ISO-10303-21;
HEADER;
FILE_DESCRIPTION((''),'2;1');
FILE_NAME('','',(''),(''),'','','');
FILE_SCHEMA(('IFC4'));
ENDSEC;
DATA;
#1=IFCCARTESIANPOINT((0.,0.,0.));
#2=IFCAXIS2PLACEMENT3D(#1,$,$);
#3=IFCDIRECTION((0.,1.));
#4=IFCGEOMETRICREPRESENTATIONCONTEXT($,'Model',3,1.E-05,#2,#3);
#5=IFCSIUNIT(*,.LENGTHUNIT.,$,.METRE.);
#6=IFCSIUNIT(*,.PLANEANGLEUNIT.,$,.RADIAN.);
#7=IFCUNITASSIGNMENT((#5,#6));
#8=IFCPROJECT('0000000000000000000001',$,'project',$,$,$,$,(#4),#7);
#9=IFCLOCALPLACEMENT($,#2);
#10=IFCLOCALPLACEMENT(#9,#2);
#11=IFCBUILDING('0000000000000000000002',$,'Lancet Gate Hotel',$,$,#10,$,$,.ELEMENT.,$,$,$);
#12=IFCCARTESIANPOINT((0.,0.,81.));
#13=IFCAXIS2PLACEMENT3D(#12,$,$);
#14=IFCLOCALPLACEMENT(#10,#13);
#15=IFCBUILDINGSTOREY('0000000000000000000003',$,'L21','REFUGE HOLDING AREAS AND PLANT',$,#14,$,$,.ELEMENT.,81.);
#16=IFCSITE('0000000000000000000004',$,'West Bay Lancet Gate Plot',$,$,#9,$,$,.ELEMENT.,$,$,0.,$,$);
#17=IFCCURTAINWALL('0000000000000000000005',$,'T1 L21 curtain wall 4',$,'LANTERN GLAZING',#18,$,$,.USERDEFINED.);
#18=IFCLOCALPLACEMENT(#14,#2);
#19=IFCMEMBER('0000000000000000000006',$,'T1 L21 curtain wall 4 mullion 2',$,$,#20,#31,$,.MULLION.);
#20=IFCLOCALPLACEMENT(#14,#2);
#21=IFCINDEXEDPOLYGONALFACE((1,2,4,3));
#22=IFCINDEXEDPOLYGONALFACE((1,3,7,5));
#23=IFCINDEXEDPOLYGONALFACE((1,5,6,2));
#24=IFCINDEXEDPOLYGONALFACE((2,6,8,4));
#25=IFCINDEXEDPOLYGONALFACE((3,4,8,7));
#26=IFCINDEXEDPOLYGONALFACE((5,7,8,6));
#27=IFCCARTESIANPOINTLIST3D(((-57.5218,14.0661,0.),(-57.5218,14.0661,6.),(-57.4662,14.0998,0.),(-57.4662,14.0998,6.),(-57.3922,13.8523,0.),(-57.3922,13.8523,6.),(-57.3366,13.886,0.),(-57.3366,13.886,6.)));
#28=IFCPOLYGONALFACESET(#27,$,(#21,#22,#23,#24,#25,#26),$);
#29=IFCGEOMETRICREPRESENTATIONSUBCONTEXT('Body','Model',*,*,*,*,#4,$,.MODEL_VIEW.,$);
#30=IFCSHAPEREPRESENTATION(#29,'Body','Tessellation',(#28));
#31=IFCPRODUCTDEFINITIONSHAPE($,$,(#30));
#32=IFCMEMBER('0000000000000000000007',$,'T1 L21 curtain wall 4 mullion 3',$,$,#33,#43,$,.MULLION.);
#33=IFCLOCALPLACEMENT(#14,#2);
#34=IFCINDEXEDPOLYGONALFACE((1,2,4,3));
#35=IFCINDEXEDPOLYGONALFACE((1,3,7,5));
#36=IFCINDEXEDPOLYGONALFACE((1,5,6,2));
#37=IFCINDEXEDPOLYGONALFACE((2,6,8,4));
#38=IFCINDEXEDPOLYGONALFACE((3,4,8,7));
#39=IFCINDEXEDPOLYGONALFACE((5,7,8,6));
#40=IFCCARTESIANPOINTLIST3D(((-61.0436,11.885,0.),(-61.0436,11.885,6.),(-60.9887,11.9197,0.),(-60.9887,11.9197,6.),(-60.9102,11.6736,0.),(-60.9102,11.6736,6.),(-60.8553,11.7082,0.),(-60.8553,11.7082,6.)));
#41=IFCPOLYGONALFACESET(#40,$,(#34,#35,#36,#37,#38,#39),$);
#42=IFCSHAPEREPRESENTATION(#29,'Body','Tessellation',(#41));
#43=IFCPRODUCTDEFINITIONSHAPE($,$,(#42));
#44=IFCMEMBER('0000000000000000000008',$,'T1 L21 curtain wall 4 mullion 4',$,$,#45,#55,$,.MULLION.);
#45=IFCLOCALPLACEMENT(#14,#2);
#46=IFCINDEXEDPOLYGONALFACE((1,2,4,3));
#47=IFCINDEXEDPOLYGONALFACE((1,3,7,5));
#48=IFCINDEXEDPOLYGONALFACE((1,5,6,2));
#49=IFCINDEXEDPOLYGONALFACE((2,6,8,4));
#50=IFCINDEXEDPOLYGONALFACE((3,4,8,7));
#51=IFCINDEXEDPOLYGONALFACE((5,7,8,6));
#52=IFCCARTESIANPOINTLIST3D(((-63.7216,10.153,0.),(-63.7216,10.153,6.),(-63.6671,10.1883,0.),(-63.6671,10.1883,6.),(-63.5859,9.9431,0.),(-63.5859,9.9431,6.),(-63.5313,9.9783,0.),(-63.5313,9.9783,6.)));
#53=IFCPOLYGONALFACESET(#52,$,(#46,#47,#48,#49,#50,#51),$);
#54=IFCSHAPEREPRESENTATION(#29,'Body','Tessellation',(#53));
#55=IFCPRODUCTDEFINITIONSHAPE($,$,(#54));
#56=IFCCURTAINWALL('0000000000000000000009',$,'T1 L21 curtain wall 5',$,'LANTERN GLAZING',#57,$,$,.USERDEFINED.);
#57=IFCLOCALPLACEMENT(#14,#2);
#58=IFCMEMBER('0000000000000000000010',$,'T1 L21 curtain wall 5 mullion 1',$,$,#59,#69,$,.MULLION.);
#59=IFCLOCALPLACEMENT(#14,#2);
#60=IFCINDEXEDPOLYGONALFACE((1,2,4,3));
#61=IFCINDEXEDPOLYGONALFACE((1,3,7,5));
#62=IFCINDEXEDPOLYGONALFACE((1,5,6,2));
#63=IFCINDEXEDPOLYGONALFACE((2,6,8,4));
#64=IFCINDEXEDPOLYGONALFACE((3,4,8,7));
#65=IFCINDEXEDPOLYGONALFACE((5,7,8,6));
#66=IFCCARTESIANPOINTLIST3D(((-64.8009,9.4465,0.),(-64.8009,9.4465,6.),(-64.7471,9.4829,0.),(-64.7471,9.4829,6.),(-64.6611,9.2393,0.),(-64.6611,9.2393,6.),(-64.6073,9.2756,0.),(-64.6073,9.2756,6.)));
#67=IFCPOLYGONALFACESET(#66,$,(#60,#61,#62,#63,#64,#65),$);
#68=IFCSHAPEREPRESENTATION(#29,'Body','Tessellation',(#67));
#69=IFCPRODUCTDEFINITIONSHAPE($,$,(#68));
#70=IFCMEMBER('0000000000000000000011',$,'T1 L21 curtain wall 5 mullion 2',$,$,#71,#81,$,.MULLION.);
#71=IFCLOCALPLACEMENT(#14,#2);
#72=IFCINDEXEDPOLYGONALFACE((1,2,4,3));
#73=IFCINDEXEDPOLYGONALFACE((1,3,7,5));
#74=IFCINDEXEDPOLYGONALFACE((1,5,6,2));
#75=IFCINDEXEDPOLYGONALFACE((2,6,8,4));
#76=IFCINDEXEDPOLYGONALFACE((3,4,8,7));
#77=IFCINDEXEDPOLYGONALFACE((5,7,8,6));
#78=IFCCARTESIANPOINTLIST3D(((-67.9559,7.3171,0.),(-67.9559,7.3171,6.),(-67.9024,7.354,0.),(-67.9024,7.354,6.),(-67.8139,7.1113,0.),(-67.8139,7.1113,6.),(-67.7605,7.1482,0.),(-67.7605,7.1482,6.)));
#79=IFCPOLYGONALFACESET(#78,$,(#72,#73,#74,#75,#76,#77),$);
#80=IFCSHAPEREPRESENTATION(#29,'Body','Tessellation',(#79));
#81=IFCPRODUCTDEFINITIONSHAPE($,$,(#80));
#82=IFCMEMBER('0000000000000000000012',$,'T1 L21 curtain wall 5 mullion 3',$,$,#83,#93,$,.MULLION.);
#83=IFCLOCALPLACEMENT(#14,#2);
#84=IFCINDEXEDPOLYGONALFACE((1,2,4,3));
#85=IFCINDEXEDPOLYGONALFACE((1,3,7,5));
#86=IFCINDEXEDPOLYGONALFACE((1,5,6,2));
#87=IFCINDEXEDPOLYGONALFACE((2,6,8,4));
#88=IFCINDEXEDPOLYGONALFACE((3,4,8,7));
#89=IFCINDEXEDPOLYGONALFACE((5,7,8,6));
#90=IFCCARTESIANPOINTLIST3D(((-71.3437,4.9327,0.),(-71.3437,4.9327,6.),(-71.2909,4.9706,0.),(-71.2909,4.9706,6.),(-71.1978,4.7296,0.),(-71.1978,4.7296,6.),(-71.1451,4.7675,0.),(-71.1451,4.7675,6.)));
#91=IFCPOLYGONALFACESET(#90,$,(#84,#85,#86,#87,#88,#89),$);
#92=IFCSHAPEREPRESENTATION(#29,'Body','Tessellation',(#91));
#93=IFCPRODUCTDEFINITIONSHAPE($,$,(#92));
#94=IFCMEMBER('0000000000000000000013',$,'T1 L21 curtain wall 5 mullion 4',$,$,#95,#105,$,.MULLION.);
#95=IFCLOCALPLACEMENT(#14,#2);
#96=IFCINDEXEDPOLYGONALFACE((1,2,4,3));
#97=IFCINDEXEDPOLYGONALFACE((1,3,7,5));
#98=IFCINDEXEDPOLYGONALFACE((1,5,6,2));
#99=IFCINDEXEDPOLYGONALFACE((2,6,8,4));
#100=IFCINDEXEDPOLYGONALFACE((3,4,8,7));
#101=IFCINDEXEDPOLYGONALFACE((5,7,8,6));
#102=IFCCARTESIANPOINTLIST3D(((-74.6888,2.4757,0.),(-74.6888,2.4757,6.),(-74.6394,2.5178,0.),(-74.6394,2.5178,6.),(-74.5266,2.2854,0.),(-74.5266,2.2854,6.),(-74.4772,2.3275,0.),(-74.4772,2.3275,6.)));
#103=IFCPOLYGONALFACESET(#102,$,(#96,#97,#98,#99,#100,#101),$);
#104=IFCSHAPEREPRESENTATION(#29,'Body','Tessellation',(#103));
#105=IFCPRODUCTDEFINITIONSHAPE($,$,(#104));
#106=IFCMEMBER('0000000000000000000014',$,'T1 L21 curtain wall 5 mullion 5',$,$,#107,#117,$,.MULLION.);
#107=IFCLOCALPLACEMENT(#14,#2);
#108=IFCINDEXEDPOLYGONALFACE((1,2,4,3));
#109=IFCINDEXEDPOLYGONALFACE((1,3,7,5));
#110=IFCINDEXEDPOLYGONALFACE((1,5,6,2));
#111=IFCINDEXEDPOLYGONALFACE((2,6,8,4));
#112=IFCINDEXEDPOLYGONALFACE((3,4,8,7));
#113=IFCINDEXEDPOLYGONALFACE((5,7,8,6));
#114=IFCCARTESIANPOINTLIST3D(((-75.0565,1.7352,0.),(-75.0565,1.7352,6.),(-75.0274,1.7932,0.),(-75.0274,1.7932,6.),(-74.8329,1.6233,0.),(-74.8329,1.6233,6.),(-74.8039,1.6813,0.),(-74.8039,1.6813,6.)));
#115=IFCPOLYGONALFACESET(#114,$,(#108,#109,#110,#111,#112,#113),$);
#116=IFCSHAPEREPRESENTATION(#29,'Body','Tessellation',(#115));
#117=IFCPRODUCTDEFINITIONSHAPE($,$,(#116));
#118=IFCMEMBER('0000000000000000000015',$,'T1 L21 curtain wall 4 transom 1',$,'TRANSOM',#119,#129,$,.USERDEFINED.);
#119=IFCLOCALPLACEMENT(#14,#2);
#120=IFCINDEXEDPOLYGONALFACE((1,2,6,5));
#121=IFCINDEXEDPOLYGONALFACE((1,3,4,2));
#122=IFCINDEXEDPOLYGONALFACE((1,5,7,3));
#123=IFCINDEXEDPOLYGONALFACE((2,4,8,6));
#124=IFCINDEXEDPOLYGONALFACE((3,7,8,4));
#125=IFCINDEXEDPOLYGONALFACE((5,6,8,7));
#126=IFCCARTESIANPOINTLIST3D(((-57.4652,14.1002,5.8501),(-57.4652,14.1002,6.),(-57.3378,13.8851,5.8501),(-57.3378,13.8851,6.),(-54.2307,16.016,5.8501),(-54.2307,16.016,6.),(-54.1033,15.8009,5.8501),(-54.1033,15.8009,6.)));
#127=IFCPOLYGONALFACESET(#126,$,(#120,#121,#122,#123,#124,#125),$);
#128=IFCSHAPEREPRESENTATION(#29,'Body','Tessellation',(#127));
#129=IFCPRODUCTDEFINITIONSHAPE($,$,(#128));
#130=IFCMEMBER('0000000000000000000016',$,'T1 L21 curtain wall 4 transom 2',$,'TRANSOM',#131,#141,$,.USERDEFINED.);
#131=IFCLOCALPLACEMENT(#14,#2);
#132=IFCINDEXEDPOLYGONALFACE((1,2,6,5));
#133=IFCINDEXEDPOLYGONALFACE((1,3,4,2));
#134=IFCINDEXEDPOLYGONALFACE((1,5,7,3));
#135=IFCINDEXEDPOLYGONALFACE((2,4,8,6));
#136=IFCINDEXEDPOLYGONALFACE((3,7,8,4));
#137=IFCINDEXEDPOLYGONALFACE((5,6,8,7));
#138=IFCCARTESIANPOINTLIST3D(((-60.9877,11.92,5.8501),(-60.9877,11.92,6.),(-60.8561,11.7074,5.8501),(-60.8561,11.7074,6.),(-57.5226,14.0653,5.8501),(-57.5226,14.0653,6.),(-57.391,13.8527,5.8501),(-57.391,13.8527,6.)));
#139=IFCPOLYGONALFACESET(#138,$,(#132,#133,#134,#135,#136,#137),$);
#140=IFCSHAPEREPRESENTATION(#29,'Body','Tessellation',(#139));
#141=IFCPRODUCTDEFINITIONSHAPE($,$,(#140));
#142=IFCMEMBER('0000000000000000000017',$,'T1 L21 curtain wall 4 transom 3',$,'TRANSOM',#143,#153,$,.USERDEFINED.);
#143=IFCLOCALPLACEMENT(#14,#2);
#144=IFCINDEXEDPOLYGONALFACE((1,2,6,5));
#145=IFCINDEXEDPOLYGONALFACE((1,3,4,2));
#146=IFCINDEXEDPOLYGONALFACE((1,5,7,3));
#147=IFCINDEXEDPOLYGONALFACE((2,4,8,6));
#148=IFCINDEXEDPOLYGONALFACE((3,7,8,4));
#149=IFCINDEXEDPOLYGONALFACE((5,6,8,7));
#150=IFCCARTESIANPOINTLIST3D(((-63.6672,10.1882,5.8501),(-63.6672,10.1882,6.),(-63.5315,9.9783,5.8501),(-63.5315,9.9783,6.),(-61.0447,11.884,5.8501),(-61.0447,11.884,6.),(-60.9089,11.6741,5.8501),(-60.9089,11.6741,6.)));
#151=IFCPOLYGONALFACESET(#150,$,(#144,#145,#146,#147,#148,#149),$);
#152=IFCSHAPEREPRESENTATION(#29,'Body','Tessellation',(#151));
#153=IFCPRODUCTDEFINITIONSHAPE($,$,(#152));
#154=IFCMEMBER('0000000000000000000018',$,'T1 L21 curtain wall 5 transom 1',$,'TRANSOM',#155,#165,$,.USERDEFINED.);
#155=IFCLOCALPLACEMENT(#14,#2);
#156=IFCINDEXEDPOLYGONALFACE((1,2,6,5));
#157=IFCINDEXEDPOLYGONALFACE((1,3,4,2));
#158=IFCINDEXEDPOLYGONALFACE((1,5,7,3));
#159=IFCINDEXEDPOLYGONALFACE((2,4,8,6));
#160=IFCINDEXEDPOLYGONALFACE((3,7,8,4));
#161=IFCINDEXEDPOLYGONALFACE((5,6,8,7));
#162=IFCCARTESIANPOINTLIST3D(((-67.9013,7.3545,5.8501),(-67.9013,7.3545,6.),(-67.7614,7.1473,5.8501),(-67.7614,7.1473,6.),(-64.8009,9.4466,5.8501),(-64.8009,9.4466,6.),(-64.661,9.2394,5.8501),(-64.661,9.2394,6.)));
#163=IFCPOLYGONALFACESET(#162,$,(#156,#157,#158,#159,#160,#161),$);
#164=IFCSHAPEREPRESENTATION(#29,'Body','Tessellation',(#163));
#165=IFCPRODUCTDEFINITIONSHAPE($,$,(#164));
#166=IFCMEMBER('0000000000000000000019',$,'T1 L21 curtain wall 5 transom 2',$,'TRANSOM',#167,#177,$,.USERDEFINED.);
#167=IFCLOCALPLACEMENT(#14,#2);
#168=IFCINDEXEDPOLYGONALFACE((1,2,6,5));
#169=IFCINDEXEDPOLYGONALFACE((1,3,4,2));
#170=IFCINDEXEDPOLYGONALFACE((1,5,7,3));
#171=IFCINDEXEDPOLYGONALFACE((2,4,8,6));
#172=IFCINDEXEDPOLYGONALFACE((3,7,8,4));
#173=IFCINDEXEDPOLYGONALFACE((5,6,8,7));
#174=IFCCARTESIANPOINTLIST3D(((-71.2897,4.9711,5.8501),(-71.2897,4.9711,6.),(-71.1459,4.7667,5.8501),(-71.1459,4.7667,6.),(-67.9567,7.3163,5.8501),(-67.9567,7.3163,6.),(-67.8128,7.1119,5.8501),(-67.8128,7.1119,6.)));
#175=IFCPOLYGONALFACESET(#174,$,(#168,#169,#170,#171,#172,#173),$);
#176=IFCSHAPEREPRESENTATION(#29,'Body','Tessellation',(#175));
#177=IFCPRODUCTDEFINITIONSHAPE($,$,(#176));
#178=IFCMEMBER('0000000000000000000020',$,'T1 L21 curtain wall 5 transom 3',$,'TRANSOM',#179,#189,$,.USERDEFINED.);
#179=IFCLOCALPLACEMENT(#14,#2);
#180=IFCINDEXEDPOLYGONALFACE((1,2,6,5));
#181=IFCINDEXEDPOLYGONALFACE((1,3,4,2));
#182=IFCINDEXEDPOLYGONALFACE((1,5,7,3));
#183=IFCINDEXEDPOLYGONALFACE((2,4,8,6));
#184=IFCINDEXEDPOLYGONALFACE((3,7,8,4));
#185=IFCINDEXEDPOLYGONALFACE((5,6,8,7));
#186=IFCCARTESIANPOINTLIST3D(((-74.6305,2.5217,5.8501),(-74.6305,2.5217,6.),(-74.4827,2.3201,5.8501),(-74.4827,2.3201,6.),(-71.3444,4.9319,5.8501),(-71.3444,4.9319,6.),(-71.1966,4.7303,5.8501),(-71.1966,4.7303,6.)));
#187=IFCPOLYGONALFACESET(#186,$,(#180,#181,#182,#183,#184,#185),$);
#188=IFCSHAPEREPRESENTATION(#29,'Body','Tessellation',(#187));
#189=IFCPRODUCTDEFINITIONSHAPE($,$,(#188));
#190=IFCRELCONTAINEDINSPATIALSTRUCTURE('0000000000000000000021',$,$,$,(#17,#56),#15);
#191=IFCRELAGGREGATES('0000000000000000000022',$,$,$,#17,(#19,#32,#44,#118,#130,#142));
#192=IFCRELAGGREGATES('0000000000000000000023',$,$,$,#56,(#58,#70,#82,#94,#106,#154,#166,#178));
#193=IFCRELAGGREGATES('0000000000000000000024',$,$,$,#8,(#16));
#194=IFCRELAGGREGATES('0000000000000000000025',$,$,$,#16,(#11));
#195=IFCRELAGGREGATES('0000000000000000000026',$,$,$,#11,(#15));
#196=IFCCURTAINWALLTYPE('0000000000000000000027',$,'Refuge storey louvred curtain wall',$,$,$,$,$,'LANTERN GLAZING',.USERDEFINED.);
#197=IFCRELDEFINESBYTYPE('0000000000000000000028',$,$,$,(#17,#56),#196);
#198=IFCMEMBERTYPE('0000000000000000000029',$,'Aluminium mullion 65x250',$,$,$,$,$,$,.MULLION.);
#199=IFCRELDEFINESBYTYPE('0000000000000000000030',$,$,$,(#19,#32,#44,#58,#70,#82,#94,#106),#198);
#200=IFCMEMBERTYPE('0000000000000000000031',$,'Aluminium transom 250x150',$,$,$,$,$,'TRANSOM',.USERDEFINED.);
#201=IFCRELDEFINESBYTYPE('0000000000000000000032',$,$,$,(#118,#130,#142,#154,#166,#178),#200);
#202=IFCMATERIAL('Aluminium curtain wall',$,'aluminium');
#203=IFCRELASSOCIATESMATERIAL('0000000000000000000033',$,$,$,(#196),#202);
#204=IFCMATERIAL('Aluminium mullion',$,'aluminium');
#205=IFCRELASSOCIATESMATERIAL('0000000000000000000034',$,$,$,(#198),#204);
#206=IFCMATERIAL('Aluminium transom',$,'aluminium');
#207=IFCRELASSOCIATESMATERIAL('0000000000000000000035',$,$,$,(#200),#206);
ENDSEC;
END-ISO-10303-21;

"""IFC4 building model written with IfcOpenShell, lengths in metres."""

from ifc_helpers import new_model, si_unit, direction, frame, origin, origin_2d, place, context, subcontext, project, spatial, rectangle, extrude, material, material_profile, profile_set, type_object, element, aggregate, save


model = new_model("IFC4")

# Units and contexts
model_context = context("Model", 3, precision=1e-05, world=origin(), true_north=direction((0.0, 1.0)))
body_context = subcontext(model_context, "Body", "Model", "MODEL_VIEW")
ifc_project = project(units=[si_unit("LENGTHUNIT", "METRE"), si_unit("PLANEANGLEUNIT", "RADIAN")], contexts=[model_context])

# Site, building, storey
site_placement = place(None, origin())
site = spatial("IfcSite", under=ifc_project, at=site_placement, Name="West Bay Lancet Gate Plot", CompositionType="ELEMENT", RefElevation=0.0)
building_placement = place(site_placement, origin())
building = spatial("IfcBuilding", under=site, at=building_placement, Name="Lancet Gate Hotel", CompositionType="ELEMENT")
storey_placement = place(building_placement, frame((0.0, 0.0, 81.0)))
storey = spatial("IfcBuildingStorey", under=building, at=storey_placement, Name="L21", Description="REFUGE HOLDING AREAS AND PLANT", CompositionType="ELEMENT", Elevation=81.0)

# Curtain walls, members
ifc_material_1 = material(Name="Aluminium curtain wall", Category="aluminium")
curtain_wall_type = type_object("IfcCurtainWallType", Name="Refuge storey louvred curtain wall", ElementType="LANTERN GLAZING", PredefinedType="USERDEFINED", material=ifc_material_1)
curtain_wall_1_placement = place(storey_placement, origin())
curtain_wall_1 = element("IfcCurtainWall", 1, at=curtain_wall_1_placement, inside=storey, type_object=curtain_wall_type, Name="T1 L21 curtain wall 4", ObjectType="LANTERN GLAZING", PredefinedType="USERDEFINED")
ifc_material_2 = material(Name="Aluminium mullion", Category="aluminium")
ifc_material_profile_1 = material_profile(ifc_material_2, rectangle(XDim=0.0649, YDim=0.25, at=origin_2d()), Name="MULLION 65x250")
ifc_profile_set_1 = profile_set([ifc_material_profile_1], Name="Aluminium mullion")
member_type_1 = type_object("IfcMemberType", Name="Aluminium mullion 65x250", PredefinedType="MULLION", material=ifc_profile_set_1)
member_1_placement = place(storey_placement, frame((-57.4292, 13.9761, 0.0), z_axis=(0.0, 0.0, 1.0), x_axis=(-0.855145, -0.518389, 0.0)))
member_1 = element("IfcMember", 2, at=member_1_placement, type_object=member_type_1, Name="T1 L21 curtain wall 4 mullion 2", PredefinedType="MULLION", context=body_context, shape_type="SweptSolid", body=[
    extrude(rectangle(XDim=0.0649, YDim=0.25, at=origin_2d()), origin(), (0.0, 0.0, 1.0), 6.0),
])
member_2_placement = place(storey_placement, frame((-60.9495, 11.7966, 0.0), z_axis=(0.0, 0.0, 1.0), x_axis=(-0.845709, -0.533644, 0.0)))
member_2 = element("IfcMember", 3, at=member_2_placement, type_object=member_type_1, Name="T1 L21 curtain wall 4 mullion 3", PredefinedType="MULLION", context=body_context, shape_type="SweptSolid", body=[
    extrude(rectangle(XDim=0.0649, YDim=0.25, at=origin_2d()), origin(), (0.0, 0.0, 1.0), 6.0),
])
member_3_placement = place(storey_placement, frame((-63.6265, 10.0657, 0.0), z_axis=(0.0, 0.0, 1.0), x_axis=(-0.839749, -0.542975, 0.0)))
member_3 = element("IfcMember", 4, at=member_3_placement, type_object=member_type_1, Name="T1 L21 curtain wall 4 mullion 4", PredefinedType="MULLION", context=body_context, shape_type="SweptSolid", body=[
    extrude(rectangle(XDim=0.0649, YDim=0.25, at=origin_2d()), origin(), (0.0, 0.0, 1.0), 6.0),
])
curtain_wall_2_placement = place(storey_placement, origin())
curtain_wall_2 = element("IfcCurtainWall", 5, at=curtain_wall_2_placement, inside=storey, type_object=curtain_wall_type, Name="T1 L21 curtain wall 5", ObjectType="LANTERN GLAZING", PredefinedType="USERDEFINED")
member_4_placement = place(storey_placement, frame((-64.7041, 9.3611, 0.0), z_axis=(0.0, 0.0, 1.0), x_axis=(-0.828946, -0.559329, 0.0)))
member_4 = element("IfcMember", 6, at=member_4_placement, type_object=member_type_1, Name="T1 L21 curtain wall 5 mullion 1", PredefinedType="MULLION", context=body_context, shape_type="SweptSolid", body=[
    extrude(rectangle(XDim=0.0649, YDim=0.25, at=origin_2d()), origin(), (0.0, 0.0, 1.0), 6.0),
])
member_5_placement = place(storey_placement, frame((-67.8582, 7.2327, 0.0), z_axis=(0.0, 0.0, 1.0), x_axis=(-0.823191, -0.567765, 0.0)))
member_5 = element("IfcMember", 7, at=member_5_placement, type_object=member_type_1, Name="T1 L21 curtain wall 5 mullion 2", PredefinedType="MULLION", context=body_context, shape_type="SweptSolid", body=[
    extrude(rectangle(XDim=0.0649, YDim=0.25, at=origin_2d()), origin(), (0.0, 0.0, 1.0), 6.0),
])
member_6_placement = place(storey_placement, frame((-71.2444, 4.8501, 0.0), z_axis=(0.0, 0.0, 1.0), x_axis=(-0.812147, -0.583453, 0.0)))
member_6 = element("IfcMember", 8, at=member_6_placement, type_object=member_type_1, Name="T1 L21 curtain wall 5 mullion 3", PredefinedType="MULLION", context=body_context, shape_type="SweptSolid", body=[
    extrude(rectangle(XDim=0.0649, YDim=0.25, at=origin_2d()), origin(), (0.0, 0.0, 1.0), 6.0),
])
member_7_placement = place(storey_placement, frame((-74.583, 2.4016, 0.0), z_axis=(0.0, 0.0, 1.0), x_axis=(-0.761022, -0.648726, 0.0)))
member_7 = element("IfcMember", 9, at=member_7_placement, type_object=member_type_1, Name="T1 L21 curtain wall 5 mullion 4", PredefinedType="MULLION", context=body_context, shape_type="SweptSolid", body=[
    extrude(rectangle(XDim=0.0649, YDim=0.25, at=origin_2d()), origin(), (0.0, 0.0, 1.0), 6.0),
])
member_8_placement = place(storey_placement, frame((-74.9302, 1.7083, 0.0), z_axis=(0.0, 0.0, 1.0), x_axis=(-0.447628, -0.89422, 0.0)))
member_8 = element("IfcMember", 10, at=member_8_placement, type_object=member_type_1, Name="T1 L21 curtain wall 5 mullion 5", PredefinedType="MULLION", context=body_context, shape_type="SweptSolid", body=[
    extrude(rectangle(XDim=0.0649, YDim=0.25, at=origin_2d()), origin(), (0.0, 0.0, 1.0), 6.0),
])

# Members
ifc_material_3 = material(Name="Aluminium transom", Category="aluminium")
ifc_material_profile_2 = material_profile(ifc_material_3, rectangle(XDim=0.25, YDim=0.1499, at=origin_2d()), Name="TRANSOM 250x150")
ifc_profile_set_2 = profile_set([ifc_material_profile_2], Name="Aluminium transom")
member_type_2 = type_object("IfcMemberType", Name="Aluminium transom 250x150", ElementType="TRANSOM", PredefinedType="USERDEFINED", material=ifc_profile_set_2)
member_9_placement = place(storey_placement, frame((-54.167, 15.9084, 5.925), z_axis=(-0.860396, -0.509626, 0.0), x_axis=(0.509626, -0.860396, 0.0)))
member_9 = element("IfcMember", 11, at=member_9_placement, type_object=member_type_2, Name="T1 L21 curtain wall 4 transom 1", ObjectType="TRANSOM", PredefinedType="USERDEFINED", context=body_context, shape_type="SweptSolid", body=[
    extrude(rectangle(XDim=0.25, YDim=0.1499, at=origin_2d()), origin(), (0.0, 0.0, 1.0), 3.7593),
])
member_10_placement = place(storey_placement, frame((-57.4568, 13.959, 5.925), z_axis=(-0.850242, -0.526392, 0.0), x_axis=(0.526392, -0.850242, 0.0)))
member_10 = element("IfcMember", 12, at=member_10_placement, type_object=member_type_2, Name="T1 L21 curtain wall 4 transom 2", ObjectType="TRANSOM", PredefinedType="USERDEFINED", context=body_context, shape_type="SweptSolid", body=[
    extrude(rectangle(XDim=0.25, YDim=0.1499, at=origin_2d()), origin(), (0.0, 0.0, 1.0), 4.0754),
])
member_11_placement = place(storey_placement, frame((-60.9768, 11.7791, 5.925), z_axis=(-0.839738, -0.542992, 0.0), x_axis=(0.542992, -0.839738, 0.0)))
member_11 = element("IfcMember", 13, at=member_11_placement, type_object=member_type_2, Name="T1 L21 curtain wall 4 transom 3", ObjectType="TRANSOM", PredefinedType="USERDEFINED", context=body_context, shape_type="SweptSolid", body=[
    extrude(rectangle(XDim=0.25, YDim=0.1499, at=origin_2d()), origin(), (0.0, 0.0, 1.0), 3.123),
])
member_12_placement = place(storey_placement, frame((-64.731, 9.343, 5.925), z_axis=(-0.828934, -0.559346, 0.0), x_axis=(0.559346, -0.828934, 0.0)))
member_12 = element("IfcMember", 14, at=member_12_placement, type_object=member_type_2, Name="T1 L21 curtain wall 5 transom 1", ObjectType="TRANSOM", PredefinedType="USERDEFINED", context=body_context, shape_type="SweptSolid", body=[
    extrude(rectangle(XDim=0.25, YDim=0.1499, at=origin_2d()), origin(), (0.0, 0.0, 1.0), 3.7402),
])
member_13_placement = place(storey_placement, frame((-67.8848, 7.2141, 5.925), z_axis=(-0.817834, -0.575455, 0.0), x_axis=(0.575455, -0.817834, 0.0)))
member_13 = element("IfcMember", 15, at=member_13_placement, type_object=member_type_2, Name="T1 L21 curtain wall 5 transom 2", ObjectType="TRANSOM", PredefinedType="USERDEFINED", context=body_context, shape_type="SweptSolid", body=[
    extrude(rectangle(XDim=0.25, YDim=0.1499, at=origin_2d()), origin(), (0.0, 0.0, 1.0), 4.0754),
])
member_14_placement = place(storey_placement, frame((-71.2705, 4.8311, 5.925), z_axis=(-0.806367, -0.591416, 0.0), x_axis=(0.591416, -0.806367, 0.0)))
member_14 = element("IfcMember", 16, at=member_14_placement, type_object=member_type_2, Name="T1 L21 curtain wall 5 transom 3", ObjectType="TRANSOM", PredefinedType="USERDEFINED", context=body_context, shape_type="SweptSolid", body=[
    extrude(rectangle(XDim=0.25, YDim=0.1499, at=origin_2d()), origin(), (0.0, 0.0, 1.0), 4.0752),
])

aggregate(curtain_wall_1, [member_1, member_2, member_3, member_9, member_10, member_11])
aggregate(curtain_wall_2, [member_4, member_5, member_6, member_7, member_8, member_12, member_13, member_14])

save(model, "model.ifc")
